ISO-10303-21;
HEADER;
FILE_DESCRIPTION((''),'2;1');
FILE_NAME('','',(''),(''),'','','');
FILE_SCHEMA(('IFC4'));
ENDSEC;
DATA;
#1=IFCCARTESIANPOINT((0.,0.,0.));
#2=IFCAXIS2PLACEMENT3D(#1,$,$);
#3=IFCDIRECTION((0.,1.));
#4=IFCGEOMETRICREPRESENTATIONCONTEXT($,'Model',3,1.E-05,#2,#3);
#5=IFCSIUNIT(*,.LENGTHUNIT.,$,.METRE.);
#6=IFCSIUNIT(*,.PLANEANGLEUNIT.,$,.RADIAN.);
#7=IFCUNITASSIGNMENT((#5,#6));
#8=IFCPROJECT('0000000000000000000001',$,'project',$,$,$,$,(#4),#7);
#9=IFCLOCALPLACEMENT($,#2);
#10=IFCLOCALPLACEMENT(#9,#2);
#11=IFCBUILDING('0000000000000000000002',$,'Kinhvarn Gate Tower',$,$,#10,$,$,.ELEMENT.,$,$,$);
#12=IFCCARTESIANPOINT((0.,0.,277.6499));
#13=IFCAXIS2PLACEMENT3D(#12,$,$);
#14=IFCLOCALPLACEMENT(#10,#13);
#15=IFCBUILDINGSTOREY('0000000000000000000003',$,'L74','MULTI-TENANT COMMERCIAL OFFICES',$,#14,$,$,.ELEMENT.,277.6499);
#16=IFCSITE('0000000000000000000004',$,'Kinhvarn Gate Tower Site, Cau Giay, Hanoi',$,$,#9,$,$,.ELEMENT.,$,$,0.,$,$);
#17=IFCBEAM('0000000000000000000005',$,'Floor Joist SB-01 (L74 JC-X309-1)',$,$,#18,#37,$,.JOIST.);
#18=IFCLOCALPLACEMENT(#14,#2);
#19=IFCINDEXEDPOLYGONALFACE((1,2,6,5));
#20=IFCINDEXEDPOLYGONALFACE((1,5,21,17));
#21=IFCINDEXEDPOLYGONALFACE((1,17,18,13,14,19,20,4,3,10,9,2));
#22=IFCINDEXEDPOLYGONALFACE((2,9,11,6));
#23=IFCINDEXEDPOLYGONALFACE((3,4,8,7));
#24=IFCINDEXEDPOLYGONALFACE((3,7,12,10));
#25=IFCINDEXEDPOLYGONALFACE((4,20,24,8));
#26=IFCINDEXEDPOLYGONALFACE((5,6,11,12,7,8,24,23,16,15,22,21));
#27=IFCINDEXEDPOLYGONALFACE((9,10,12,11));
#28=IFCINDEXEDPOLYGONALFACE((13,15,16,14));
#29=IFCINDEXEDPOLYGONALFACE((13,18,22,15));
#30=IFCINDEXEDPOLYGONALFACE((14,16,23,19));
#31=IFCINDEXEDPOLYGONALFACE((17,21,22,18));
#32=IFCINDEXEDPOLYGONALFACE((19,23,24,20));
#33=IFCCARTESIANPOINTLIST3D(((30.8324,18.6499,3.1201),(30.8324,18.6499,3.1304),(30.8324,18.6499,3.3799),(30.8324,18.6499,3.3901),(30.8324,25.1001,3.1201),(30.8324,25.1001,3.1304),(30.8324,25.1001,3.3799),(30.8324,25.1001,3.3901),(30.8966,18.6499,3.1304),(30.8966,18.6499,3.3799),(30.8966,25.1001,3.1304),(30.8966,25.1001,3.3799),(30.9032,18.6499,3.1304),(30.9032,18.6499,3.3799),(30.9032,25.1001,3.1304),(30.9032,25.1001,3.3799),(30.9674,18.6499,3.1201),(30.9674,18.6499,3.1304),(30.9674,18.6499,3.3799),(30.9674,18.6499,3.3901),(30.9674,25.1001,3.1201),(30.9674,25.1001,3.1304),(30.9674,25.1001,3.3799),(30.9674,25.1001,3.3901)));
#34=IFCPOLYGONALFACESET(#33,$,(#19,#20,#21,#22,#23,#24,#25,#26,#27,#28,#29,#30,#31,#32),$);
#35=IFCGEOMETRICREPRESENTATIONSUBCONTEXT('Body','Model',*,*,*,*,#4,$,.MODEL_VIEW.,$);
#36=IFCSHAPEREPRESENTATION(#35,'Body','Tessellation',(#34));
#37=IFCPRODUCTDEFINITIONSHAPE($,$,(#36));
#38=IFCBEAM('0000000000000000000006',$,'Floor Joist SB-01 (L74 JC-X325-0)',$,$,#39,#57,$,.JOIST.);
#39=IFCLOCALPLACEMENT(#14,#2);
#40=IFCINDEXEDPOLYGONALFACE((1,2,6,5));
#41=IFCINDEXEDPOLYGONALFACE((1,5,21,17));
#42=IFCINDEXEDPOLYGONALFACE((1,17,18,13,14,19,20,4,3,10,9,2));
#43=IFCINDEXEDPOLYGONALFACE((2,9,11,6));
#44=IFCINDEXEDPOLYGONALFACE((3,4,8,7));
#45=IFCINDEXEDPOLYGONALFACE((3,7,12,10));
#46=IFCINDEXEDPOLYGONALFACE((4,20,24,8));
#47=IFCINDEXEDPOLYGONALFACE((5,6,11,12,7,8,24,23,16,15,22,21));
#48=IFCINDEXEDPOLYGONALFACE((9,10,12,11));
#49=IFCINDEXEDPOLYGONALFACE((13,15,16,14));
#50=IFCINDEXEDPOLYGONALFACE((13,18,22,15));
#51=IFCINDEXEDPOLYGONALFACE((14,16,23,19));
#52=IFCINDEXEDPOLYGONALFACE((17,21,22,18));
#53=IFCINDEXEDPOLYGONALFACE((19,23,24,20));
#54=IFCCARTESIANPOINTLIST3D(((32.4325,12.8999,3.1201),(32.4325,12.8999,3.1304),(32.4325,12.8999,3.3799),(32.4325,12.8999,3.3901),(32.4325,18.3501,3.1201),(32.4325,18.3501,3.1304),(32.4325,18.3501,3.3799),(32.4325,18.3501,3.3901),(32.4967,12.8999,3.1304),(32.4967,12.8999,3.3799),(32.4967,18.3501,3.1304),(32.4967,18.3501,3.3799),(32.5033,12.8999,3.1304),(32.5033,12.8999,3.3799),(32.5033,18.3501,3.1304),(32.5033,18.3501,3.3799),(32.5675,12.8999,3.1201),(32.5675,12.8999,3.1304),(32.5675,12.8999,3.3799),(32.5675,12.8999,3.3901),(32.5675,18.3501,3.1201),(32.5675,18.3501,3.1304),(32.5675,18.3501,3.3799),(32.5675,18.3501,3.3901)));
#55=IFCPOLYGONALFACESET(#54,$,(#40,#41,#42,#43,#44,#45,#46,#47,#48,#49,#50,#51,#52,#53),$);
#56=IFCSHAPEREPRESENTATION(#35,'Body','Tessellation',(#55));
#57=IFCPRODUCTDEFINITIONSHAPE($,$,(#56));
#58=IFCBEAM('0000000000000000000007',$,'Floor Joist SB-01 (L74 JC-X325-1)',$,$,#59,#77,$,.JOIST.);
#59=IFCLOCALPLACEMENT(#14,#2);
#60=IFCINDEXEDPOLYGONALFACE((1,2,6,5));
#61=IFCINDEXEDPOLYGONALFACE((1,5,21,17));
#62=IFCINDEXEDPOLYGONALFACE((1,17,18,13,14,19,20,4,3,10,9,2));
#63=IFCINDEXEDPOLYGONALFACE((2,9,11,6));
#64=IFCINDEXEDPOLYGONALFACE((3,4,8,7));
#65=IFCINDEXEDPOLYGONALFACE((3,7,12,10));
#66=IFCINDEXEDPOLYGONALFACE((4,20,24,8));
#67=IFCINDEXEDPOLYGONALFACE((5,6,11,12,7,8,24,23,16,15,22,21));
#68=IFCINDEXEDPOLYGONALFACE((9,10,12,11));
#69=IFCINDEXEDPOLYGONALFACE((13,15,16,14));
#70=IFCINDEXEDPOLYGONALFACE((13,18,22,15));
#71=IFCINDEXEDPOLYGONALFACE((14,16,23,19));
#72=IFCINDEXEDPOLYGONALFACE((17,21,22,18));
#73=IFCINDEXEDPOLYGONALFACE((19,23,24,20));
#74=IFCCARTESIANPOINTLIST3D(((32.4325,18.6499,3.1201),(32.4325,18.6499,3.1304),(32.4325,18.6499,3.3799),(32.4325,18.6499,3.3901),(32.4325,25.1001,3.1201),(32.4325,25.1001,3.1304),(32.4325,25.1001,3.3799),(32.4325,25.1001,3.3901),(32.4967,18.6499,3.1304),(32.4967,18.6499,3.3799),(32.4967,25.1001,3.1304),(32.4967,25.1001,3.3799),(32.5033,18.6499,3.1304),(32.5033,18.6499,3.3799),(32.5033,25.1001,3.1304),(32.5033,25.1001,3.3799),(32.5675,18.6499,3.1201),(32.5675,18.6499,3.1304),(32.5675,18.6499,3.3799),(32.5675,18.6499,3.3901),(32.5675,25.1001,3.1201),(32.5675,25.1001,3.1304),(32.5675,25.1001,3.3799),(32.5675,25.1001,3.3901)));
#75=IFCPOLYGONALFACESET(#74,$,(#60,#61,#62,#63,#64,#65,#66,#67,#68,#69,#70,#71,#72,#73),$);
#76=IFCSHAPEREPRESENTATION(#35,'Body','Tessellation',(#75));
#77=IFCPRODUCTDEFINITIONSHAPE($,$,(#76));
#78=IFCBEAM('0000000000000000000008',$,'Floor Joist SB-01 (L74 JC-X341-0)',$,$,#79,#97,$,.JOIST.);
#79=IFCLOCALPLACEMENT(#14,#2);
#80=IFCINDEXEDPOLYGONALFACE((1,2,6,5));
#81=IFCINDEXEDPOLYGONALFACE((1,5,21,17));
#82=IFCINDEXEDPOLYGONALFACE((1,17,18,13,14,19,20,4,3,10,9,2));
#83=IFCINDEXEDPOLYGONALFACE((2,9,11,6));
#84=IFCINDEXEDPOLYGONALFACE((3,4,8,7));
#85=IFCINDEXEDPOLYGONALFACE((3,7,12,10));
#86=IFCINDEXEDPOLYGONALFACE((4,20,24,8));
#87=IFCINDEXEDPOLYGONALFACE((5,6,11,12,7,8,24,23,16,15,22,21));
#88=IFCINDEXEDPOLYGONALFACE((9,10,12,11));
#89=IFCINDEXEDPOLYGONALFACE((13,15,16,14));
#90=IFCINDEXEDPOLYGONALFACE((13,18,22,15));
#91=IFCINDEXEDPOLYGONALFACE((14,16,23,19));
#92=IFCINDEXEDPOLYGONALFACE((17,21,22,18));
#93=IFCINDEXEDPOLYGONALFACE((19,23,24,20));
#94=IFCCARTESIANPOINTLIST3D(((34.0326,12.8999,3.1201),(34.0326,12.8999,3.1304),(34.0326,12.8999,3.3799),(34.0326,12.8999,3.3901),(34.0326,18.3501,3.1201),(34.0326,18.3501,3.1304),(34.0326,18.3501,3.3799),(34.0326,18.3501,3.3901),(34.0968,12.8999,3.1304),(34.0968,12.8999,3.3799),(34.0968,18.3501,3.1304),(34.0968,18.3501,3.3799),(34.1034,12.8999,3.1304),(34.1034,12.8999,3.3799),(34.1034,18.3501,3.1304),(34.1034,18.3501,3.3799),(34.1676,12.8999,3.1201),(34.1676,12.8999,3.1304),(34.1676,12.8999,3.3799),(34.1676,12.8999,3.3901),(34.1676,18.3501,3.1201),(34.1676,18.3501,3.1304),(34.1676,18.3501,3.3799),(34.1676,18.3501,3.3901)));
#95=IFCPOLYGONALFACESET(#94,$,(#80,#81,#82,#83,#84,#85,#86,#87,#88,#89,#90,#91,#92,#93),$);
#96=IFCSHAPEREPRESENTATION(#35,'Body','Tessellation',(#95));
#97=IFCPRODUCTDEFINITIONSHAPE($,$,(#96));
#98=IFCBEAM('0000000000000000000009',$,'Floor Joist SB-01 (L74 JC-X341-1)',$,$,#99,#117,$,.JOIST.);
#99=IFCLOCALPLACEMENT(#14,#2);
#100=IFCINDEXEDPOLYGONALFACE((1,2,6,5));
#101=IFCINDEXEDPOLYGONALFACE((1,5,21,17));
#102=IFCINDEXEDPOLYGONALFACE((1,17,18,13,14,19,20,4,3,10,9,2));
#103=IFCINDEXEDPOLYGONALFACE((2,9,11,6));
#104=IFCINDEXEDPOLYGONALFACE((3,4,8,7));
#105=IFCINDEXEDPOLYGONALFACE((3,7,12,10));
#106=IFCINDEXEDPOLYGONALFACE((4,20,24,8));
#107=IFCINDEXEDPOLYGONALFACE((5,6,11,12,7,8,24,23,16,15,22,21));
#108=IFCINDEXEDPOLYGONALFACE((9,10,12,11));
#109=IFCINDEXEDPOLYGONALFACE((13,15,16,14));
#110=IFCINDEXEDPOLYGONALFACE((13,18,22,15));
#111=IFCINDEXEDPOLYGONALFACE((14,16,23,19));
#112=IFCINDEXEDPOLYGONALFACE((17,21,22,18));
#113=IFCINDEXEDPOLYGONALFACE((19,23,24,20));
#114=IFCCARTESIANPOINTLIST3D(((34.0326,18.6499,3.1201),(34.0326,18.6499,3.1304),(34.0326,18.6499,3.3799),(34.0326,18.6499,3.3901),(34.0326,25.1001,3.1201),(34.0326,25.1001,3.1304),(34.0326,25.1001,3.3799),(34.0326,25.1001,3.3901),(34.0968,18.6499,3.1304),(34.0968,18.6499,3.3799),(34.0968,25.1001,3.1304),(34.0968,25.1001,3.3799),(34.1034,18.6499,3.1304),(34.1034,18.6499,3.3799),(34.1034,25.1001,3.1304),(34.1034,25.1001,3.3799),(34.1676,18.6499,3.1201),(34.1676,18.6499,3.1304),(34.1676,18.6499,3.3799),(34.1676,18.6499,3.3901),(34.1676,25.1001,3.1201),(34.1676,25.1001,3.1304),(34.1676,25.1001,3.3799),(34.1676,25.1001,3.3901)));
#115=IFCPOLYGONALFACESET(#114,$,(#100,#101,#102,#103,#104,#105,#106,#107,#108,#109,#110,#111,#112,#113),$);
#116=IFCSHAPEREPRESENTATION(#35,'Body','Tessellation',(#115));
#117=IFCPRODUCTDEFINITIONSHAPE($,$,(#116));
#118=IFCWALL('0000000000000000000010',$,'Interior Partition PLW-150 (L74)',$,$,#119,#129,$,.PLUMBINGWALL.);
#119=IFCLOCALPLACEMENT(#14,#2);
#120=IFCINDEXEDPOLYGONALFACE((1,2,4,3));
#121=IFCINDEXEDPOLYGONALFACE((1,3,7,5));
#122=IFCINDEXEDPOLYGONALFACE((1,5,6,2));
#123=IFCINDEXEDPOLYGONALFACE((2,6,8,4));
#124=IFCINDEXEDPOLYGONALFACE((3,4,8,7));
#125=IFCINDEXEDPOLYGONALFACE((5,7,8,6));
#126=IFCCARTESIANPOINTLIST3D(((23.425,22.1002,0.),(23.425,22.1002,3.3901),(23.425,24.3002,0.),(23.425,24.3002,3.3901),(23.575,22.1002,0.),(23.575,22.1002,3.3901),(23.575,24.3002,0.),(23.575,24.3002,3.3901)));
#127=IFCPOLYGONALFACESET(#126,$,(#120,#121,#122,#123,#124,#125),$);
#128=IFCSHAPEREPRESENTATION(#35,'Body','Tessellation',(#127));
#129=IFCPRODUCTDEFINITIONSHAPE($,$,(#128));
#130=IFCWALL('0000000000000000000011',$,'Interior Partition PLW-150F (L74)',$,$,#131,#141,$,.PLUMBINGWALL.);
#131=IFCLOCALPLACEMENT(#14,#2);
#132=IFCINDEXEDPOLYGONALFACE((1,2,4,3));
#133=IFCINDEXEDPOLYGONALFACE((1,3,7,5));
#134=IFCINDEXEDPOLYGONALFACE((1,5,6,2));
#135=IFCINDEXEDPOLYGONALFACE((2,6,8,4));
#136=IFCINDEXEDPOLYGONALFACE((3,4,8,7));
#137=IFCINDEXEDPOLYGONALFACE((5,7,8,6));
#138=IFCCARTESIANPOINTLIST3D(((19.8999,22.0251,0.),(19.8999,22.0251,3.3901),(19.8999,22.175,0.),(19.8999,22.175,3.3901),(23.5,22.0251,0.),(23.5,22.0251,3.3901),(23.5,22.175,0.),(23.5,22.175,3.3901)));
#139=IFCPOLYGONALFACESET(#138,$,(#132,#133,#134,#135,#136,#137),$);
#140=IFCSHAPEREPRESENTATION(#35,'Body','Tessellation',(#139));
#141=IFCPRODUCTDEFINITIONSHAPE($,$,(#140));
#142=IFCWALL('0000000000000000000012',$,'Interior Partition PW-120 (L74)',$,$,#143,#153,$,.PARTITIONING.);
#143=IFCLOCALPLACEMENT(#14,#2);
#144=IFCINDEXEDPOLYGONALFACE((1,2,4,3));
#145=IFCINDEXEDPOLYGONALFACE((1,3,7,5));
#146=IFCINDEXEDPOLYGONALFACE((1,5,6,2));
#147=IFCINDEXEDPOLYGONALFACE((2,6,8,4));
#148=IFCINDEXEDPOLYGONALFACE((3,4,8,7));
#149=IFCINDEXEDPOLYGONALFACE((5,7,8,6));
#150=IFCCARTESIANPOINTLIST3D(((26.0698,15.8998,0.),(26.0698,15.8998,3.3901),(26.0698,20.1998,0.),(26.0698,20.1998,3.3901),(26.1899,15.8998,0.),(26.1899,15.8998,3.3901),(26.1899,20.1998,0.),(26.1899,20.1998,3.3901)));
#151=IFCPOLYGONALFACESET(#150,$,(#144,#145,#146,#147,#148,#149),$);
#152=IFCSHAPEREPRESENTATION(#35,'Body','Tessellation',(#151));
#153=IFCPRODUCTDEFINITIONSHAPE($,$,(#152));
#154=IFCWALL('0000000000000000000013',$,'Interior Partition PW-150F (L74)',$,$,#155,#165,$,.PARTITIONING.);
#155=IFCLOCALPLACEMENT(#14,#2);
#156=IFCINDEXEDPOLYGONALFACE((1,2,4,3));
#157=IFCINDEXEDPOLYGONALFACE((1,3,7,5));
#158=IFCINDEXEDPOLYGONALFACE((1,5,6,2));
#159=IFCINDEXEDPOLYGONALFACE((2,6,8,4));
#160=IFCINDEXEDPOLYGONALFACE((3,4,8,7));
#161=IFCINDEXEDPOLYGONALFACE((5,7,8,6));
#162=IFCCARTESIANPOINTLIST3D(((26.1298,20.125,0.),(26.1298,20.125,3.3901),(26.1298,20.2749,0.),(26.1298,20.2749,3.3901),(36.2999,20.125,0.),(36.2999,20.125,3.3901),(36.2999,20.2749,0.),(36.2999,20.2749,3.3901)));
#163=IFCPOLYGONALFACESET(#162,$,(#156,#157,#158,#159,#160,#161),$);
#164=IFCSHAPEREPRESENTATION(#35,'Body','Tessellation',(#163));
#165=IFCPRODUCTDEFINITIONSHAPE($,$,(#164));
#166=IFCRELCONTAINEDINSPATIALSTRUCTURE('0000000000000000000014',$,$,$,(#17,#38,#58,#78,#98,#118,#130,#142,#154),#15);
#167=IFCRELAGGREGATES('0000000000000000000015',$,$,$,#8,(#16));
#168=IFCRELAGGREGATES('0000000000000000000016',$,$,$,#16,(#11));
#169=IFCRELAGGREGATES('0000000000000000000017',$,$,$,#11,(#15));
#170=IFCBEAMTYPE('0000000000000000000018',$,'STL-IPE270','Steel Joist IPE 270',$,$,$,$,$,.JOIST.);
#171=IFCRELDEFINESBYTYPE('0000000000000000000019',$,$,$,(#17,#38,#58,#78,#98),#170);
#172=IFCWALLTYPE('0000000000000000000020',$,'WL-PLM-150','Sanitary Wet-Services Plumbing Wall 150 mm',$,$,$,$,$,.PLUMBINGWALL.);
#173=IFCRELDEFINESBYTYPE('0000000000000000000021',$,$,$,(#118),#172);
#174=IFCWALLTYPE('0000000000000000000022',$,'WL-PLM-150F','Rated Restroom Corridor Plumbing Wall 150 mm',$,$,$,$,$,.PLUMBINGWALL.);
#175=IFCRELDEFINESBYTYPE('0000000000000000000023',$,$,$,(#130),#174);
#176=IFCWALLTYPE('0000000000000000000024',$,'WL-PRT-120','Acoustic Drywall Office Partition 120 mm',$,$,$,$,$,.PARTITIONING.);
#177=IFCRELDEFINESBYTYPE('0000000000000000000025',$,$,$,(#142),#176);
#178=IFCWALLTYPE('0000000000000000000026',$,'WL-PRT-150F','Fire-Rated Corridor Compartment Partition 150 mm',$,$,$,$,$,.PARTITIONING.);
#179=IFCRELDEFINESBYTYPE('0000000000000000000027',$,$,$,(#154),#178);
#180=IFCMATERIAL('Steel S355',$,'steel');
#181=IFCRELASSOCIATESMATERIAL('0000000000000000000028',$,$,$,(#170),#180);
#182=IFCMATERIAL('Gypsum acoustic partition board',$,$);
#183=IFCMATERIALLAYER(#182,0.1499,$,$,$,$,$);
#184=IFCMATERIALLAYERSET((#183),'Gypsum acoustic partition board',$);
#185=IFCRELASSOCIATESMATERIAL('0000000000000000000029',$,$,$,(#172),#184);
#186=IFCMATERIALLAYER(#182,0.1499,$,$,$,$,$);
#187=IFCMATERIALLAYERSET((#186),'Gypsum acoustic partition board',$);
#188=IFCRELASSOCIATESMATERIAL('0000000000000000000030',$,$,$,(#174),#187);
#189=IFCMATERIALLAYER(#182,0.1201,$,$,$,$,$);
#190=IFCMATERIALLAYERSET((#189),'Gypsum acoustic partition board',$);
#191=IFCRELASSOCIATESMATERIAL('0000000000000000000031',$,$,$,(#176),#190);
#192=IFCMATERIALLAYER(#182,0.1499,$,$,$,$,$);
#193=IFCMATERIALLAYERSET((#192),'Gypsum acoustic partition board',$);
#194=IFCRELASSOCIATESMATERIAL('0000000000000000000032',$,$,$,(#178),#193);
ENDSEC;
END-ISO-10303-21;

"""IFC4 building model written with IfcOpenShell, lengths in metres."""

from ifc_helpers import new_model, si_unit, direction, frame, frame_2d, origin, origin_2d, place, context, subcontext, project, spatial, rectangle, i_section, extrude, material, layer, layer_set, material_profile, profile_set, type_object, element, save


model = new_model("IFC4")

# Units and contexts
model_context = context("Model", 3, precision=1e-05, world=origin(), true_north=direction((0.0, 1.0)))
body_context = subcontext(model_context, "Body", "Model", "MODEL_VIEW")
ifc_project = project(units=[si_unit("LENGTHUNIT", "METRE"), si_unit("PLANEANGLEUNIT", "RADIAN")], contexts=[model_context])

# Site, building, storey
site_placement = place(None, origin())
site = spatial("IfcSite", under=ifc_project, at=site_placement, Name="Kinhvarn Gate Tower Site, Cau Giay, Hanoi", CompositionType="ELEMENT", RefElevation=0.0)
building_placement = place(site_placement, origin())
building = spatial("IfcBuilding", under=site, at=building_placement, Name="Kinhvarn Gate Tower", CompositionType="ELEMENT")
storey_placement = place(building_placement, frame((0.0, 0.0, 277.6499)))
storey = spatial("IfcBuildingStorey", under=building, at=storey_placement, Name="L74", Description="MULTI-TENANT COMMERCIAL OFFICES", CompositionType="ELEMENT", Elevation=277.6499)

# Beams
ifc_material_1 = material(Name="Steel S355", Category="steel")
ifc_material_profile = material_profile(ifc_material_1, i_section(OverallWidth=0.135, OverallDepth=0.27, WebThickness=0.0066, FlangeThickness=0.0103, at=origin_2d()), Name="IPE 270")
ifc_profile_set = profile_set([ifc_material_profile], Name="Steel S355")
beam_type = type_object("IfcBeamType", Name="STL-IPE270", Description="Steel Joist IPE 270", PredefinedType="JOIST", material=ifc_profile_set)
beam_1_placement = place(storey_placement, frame((30.8999, 18.6499, 3.2551), z_axis=(0.0, 1.0, 0.0), x_axis=(-1.0, 0.0, 0.0)))
element("IfcBeam", 1, at=beam_1_placement, inside=storey, type_object=beam_type, Name="Floor Joist SB-01 (L74 JC-X309-1)", PredefinedType="JOIST", context=body_context, shape_type="SweptSolid", body=[
    extrude(i_section(OverallWidth=0.135, OverallDepth=0.27, WebThickness=0.0066, FlangeThickness=0.0103, at=origin_2d()), origin(), (0.0, 0.0, 1.0), 6.4502),
])
beam_2_placement = place(storey_placement, frame((32.5, 12.8999, 3.2551), z_axis=(0.0, 1.0, 0.0), x_axis=(-1.0, 0.0, 0.0)))
element("IfcBeam", 2, at=beam_2_placement, inside=storey, type_object=beam_type, Name="Floor Joist SB-01 (L74 JC-X325-0)", PredefinedType="JOIST", context=body_context, shape_type="SweptSolid", body=[
    extrude(i_section(OverallWidth=0.135, OverallDepth=0.27, WebThickness=0.0066, FlangeThickness=0.0103, at=origin_2d()), origin(), (0.0, 0.0, 1.0), 5.4502),
])
beam_3_placement = place(storey_placement, frame((32.5, 18.6499, 3.2551), z_axis=(0.0, 1.0, 0.0), x_axis=(-1.0, 0.0, 0.0)))
element("IfcBeam", 3, at=beam_3_placement, inside=storey, type_object=beam_type, Name="Floor Joist SB-01 (L74 JC-X325-1)", PredefinedType="JOIST", context=body_context, shape_type="SweptSolid", body=[
    extrude(i_section(OverallWidth=0.135, OverallDepth=0.27, WebThickness=0.0066, FlangeThickness=0.0103, at=origin_2d()), origin(), (0.0, 0.0, 1.0), 6.4502),
])
beam_4_placement = place(storey_placement, frame((34.1001, 12.8999, 3.2551), z_axis=(0.0, 1.0, 0.0), x_axis=(-1.0, 0.0, 0.0)))
element("IfcBeam", 4, at=beam_4_placement, inside=storey, type_object=beam_type, Name="Floor Joist SB-01 (L74 JC-X341-0)", PredefinedType="JOIST", context=body_context, shape_type="SweptSolid", body=[
    extrude(i_section(OverallWidth=0.135, OverallDepth=0.27, WebThickness=0.0066, FlangeThickness=0.0103, at=origin_2d()), origin(), (0.0, 0.0, 1.0), 5.4502),
])
beam_5_placement = place(storey_placement, frame((34.1001, 18.6499, 3.2551), z_axis=(0.0, 1.0, 0.0), x_axis=(-1.0, 0.0, 0.0)))
element("IfcBeam", 5, at=beam_5_placement, inside=storey, type_object=beam_type, Name="Floor Joist SB-01 (L74 JC-X341-1)", PredefinedType="JOIST", context=body_context, shape_type="SweptSolid", body=[
    extrude(i_section(OverallWidth=0.135, OverallDepth=0.27, WebThickness=0.0066, FlangeThickness=0.0103, at=origin_2d()), origin(), (0.0, 0.0, 1.0), 6.4502),
])

# Walls
ifc_material_2 = material(Name="Gypsum acoustic partition board")
ifc_layer_1 = layer(ifc_material_2, 0.1499)
ifc_layer_set_1 = layer_set([ifc_layer_1], Name="Gypsum acoustic partition board")
wall_type_1 = type_object("IfcWallType", Name="WL-PLM-150", Description="Sanitary Wet-Services Plumbing Wall 150 mm", PredefinedType="PLUMBINGWALL", material=ifc_layer_set_1)
wall_1_placement = place(storey_placement, frame((23.5, 22.1001, 0.0), z_axis=(0.0, 0.0, 1.0), x_axis=(0.0, 1.0, 0.0)))
element("IfcWall", 6, at=wall_1_placement, inside=storey, type_object=wall_type_1, Name="Interior Partition PLW-150 (L74)", PredefinedType="PLUMBINGWALL", context=body_context, shape_type="SweptSolid", body=[
    extrude(rectangle(XDim=2.2, YDim=0.1499, at=frame_2d((1.1001, 0.0))), origin(), (0.0, 0.0, 1.0), 3.3901),
])
ifc_layer_2 = layer(ifc_material_2, 0.1499)
ifc_layer_set_2 = layer_set([ifc_layer_2], Name="Gypsum acoustic partition board")
wall_type_2 = type_object("IfcWallType", Name="WL-PLM-150F", Description="Rated Restroom Corridor Plumbing Wall 150 mm", PredefinedType="PLUMBINGWALL", material=ifc_layer_set_2)
wall_2_placement = place(storey_placement, frame((19.8999, 22.1001, 0.0), z_axis=(0.0, 0.0, 1.0), x_axis=(1.0, 0.0, 0.0)))
element("IfcWall", 7, at=wall_2_placement, inside=storey, type_object=wall_type_2, Name="Interior Partition PLW-150F (L74)", PredefinedType="PLUMBINGWALL", context=body_context, shape_type="SweptSolid", body=[
    extrude(rectangle(XDim=3.6001, YDim=0.1499, at=frame_2d((1.8, 0.0))), origin(), (0.0, 0.0, 1.0), 3.3901),
])
ifc_layer_3 = layer(ifc_material_2, 0.1201)
ifc_layer_set_3 = layer_set([ifc_layer_3], Name="Gypsum acoustic partition board")
wall_type_3 = type_object("IfcWallType", Name="WL-PRT-120", Description="Acoustic Drywall Office Partition 120 mm", PredefinedType="PARTITIONING", material=ifc_layer_set_3)
wall_3_placement = place(storey_placement, frame((26.1299, 15.8999, 0.0), z_axis=(0.0, 0.0, 1.0), x_axis=(0.0, 1.0, 0.0)))
element("IfcWall", 8, at=wall_3_placement, inside=storey, type_object=wall_type_3, Name="Interior Partition PW-120 (L74)", PredefinedType="PARTITIONING", context=body_context, shape_type="SweptSolid", body=[
    extrude(rectangle(XDim=4.3, YDim=0.1201, at=frame_2d((2.1499, 0.0))), origin(), (0.0, 0.0, 1.0), 3.3901),
])
ifc_layer_4 = layer(ifc_material_2, 0.1499)
ifc_layer_set_4 = layer_set([ifc_layer_4], Name="Gypsum acoustic partition board")
wall_type_4 = type_object("IfcWallType", Name="WL-PRT-150F", Description="Fire-Rated Corridor Compartment Partition 150 mm", PredefinedType="PARTITIONING", material=ifc_layer_set_4)
wall_4_placement = place(storey_placement, frame((26.1299, 20.2, 0.0), z_axis=(0.0, 0.0, 1.0), x_axis=(1.0, 0.0, 0.0)))
element("IfcWall", 9, at=wall_4_placement, inside=storey, type_object=wall_type_4, Name="Interior Partition PW-150F (L74)", PredefinedType="PARTITIONING", context=body_context, shape_type="SweptSolid", body=[
    extrude(rectangle(XDim=10.1702, YDim=0.1499, at=frame_2d((5.085, 0.0))), origin(), (0.0, 0.0, 1.0), 3.3901),
])

save(model, "model.ifc")
